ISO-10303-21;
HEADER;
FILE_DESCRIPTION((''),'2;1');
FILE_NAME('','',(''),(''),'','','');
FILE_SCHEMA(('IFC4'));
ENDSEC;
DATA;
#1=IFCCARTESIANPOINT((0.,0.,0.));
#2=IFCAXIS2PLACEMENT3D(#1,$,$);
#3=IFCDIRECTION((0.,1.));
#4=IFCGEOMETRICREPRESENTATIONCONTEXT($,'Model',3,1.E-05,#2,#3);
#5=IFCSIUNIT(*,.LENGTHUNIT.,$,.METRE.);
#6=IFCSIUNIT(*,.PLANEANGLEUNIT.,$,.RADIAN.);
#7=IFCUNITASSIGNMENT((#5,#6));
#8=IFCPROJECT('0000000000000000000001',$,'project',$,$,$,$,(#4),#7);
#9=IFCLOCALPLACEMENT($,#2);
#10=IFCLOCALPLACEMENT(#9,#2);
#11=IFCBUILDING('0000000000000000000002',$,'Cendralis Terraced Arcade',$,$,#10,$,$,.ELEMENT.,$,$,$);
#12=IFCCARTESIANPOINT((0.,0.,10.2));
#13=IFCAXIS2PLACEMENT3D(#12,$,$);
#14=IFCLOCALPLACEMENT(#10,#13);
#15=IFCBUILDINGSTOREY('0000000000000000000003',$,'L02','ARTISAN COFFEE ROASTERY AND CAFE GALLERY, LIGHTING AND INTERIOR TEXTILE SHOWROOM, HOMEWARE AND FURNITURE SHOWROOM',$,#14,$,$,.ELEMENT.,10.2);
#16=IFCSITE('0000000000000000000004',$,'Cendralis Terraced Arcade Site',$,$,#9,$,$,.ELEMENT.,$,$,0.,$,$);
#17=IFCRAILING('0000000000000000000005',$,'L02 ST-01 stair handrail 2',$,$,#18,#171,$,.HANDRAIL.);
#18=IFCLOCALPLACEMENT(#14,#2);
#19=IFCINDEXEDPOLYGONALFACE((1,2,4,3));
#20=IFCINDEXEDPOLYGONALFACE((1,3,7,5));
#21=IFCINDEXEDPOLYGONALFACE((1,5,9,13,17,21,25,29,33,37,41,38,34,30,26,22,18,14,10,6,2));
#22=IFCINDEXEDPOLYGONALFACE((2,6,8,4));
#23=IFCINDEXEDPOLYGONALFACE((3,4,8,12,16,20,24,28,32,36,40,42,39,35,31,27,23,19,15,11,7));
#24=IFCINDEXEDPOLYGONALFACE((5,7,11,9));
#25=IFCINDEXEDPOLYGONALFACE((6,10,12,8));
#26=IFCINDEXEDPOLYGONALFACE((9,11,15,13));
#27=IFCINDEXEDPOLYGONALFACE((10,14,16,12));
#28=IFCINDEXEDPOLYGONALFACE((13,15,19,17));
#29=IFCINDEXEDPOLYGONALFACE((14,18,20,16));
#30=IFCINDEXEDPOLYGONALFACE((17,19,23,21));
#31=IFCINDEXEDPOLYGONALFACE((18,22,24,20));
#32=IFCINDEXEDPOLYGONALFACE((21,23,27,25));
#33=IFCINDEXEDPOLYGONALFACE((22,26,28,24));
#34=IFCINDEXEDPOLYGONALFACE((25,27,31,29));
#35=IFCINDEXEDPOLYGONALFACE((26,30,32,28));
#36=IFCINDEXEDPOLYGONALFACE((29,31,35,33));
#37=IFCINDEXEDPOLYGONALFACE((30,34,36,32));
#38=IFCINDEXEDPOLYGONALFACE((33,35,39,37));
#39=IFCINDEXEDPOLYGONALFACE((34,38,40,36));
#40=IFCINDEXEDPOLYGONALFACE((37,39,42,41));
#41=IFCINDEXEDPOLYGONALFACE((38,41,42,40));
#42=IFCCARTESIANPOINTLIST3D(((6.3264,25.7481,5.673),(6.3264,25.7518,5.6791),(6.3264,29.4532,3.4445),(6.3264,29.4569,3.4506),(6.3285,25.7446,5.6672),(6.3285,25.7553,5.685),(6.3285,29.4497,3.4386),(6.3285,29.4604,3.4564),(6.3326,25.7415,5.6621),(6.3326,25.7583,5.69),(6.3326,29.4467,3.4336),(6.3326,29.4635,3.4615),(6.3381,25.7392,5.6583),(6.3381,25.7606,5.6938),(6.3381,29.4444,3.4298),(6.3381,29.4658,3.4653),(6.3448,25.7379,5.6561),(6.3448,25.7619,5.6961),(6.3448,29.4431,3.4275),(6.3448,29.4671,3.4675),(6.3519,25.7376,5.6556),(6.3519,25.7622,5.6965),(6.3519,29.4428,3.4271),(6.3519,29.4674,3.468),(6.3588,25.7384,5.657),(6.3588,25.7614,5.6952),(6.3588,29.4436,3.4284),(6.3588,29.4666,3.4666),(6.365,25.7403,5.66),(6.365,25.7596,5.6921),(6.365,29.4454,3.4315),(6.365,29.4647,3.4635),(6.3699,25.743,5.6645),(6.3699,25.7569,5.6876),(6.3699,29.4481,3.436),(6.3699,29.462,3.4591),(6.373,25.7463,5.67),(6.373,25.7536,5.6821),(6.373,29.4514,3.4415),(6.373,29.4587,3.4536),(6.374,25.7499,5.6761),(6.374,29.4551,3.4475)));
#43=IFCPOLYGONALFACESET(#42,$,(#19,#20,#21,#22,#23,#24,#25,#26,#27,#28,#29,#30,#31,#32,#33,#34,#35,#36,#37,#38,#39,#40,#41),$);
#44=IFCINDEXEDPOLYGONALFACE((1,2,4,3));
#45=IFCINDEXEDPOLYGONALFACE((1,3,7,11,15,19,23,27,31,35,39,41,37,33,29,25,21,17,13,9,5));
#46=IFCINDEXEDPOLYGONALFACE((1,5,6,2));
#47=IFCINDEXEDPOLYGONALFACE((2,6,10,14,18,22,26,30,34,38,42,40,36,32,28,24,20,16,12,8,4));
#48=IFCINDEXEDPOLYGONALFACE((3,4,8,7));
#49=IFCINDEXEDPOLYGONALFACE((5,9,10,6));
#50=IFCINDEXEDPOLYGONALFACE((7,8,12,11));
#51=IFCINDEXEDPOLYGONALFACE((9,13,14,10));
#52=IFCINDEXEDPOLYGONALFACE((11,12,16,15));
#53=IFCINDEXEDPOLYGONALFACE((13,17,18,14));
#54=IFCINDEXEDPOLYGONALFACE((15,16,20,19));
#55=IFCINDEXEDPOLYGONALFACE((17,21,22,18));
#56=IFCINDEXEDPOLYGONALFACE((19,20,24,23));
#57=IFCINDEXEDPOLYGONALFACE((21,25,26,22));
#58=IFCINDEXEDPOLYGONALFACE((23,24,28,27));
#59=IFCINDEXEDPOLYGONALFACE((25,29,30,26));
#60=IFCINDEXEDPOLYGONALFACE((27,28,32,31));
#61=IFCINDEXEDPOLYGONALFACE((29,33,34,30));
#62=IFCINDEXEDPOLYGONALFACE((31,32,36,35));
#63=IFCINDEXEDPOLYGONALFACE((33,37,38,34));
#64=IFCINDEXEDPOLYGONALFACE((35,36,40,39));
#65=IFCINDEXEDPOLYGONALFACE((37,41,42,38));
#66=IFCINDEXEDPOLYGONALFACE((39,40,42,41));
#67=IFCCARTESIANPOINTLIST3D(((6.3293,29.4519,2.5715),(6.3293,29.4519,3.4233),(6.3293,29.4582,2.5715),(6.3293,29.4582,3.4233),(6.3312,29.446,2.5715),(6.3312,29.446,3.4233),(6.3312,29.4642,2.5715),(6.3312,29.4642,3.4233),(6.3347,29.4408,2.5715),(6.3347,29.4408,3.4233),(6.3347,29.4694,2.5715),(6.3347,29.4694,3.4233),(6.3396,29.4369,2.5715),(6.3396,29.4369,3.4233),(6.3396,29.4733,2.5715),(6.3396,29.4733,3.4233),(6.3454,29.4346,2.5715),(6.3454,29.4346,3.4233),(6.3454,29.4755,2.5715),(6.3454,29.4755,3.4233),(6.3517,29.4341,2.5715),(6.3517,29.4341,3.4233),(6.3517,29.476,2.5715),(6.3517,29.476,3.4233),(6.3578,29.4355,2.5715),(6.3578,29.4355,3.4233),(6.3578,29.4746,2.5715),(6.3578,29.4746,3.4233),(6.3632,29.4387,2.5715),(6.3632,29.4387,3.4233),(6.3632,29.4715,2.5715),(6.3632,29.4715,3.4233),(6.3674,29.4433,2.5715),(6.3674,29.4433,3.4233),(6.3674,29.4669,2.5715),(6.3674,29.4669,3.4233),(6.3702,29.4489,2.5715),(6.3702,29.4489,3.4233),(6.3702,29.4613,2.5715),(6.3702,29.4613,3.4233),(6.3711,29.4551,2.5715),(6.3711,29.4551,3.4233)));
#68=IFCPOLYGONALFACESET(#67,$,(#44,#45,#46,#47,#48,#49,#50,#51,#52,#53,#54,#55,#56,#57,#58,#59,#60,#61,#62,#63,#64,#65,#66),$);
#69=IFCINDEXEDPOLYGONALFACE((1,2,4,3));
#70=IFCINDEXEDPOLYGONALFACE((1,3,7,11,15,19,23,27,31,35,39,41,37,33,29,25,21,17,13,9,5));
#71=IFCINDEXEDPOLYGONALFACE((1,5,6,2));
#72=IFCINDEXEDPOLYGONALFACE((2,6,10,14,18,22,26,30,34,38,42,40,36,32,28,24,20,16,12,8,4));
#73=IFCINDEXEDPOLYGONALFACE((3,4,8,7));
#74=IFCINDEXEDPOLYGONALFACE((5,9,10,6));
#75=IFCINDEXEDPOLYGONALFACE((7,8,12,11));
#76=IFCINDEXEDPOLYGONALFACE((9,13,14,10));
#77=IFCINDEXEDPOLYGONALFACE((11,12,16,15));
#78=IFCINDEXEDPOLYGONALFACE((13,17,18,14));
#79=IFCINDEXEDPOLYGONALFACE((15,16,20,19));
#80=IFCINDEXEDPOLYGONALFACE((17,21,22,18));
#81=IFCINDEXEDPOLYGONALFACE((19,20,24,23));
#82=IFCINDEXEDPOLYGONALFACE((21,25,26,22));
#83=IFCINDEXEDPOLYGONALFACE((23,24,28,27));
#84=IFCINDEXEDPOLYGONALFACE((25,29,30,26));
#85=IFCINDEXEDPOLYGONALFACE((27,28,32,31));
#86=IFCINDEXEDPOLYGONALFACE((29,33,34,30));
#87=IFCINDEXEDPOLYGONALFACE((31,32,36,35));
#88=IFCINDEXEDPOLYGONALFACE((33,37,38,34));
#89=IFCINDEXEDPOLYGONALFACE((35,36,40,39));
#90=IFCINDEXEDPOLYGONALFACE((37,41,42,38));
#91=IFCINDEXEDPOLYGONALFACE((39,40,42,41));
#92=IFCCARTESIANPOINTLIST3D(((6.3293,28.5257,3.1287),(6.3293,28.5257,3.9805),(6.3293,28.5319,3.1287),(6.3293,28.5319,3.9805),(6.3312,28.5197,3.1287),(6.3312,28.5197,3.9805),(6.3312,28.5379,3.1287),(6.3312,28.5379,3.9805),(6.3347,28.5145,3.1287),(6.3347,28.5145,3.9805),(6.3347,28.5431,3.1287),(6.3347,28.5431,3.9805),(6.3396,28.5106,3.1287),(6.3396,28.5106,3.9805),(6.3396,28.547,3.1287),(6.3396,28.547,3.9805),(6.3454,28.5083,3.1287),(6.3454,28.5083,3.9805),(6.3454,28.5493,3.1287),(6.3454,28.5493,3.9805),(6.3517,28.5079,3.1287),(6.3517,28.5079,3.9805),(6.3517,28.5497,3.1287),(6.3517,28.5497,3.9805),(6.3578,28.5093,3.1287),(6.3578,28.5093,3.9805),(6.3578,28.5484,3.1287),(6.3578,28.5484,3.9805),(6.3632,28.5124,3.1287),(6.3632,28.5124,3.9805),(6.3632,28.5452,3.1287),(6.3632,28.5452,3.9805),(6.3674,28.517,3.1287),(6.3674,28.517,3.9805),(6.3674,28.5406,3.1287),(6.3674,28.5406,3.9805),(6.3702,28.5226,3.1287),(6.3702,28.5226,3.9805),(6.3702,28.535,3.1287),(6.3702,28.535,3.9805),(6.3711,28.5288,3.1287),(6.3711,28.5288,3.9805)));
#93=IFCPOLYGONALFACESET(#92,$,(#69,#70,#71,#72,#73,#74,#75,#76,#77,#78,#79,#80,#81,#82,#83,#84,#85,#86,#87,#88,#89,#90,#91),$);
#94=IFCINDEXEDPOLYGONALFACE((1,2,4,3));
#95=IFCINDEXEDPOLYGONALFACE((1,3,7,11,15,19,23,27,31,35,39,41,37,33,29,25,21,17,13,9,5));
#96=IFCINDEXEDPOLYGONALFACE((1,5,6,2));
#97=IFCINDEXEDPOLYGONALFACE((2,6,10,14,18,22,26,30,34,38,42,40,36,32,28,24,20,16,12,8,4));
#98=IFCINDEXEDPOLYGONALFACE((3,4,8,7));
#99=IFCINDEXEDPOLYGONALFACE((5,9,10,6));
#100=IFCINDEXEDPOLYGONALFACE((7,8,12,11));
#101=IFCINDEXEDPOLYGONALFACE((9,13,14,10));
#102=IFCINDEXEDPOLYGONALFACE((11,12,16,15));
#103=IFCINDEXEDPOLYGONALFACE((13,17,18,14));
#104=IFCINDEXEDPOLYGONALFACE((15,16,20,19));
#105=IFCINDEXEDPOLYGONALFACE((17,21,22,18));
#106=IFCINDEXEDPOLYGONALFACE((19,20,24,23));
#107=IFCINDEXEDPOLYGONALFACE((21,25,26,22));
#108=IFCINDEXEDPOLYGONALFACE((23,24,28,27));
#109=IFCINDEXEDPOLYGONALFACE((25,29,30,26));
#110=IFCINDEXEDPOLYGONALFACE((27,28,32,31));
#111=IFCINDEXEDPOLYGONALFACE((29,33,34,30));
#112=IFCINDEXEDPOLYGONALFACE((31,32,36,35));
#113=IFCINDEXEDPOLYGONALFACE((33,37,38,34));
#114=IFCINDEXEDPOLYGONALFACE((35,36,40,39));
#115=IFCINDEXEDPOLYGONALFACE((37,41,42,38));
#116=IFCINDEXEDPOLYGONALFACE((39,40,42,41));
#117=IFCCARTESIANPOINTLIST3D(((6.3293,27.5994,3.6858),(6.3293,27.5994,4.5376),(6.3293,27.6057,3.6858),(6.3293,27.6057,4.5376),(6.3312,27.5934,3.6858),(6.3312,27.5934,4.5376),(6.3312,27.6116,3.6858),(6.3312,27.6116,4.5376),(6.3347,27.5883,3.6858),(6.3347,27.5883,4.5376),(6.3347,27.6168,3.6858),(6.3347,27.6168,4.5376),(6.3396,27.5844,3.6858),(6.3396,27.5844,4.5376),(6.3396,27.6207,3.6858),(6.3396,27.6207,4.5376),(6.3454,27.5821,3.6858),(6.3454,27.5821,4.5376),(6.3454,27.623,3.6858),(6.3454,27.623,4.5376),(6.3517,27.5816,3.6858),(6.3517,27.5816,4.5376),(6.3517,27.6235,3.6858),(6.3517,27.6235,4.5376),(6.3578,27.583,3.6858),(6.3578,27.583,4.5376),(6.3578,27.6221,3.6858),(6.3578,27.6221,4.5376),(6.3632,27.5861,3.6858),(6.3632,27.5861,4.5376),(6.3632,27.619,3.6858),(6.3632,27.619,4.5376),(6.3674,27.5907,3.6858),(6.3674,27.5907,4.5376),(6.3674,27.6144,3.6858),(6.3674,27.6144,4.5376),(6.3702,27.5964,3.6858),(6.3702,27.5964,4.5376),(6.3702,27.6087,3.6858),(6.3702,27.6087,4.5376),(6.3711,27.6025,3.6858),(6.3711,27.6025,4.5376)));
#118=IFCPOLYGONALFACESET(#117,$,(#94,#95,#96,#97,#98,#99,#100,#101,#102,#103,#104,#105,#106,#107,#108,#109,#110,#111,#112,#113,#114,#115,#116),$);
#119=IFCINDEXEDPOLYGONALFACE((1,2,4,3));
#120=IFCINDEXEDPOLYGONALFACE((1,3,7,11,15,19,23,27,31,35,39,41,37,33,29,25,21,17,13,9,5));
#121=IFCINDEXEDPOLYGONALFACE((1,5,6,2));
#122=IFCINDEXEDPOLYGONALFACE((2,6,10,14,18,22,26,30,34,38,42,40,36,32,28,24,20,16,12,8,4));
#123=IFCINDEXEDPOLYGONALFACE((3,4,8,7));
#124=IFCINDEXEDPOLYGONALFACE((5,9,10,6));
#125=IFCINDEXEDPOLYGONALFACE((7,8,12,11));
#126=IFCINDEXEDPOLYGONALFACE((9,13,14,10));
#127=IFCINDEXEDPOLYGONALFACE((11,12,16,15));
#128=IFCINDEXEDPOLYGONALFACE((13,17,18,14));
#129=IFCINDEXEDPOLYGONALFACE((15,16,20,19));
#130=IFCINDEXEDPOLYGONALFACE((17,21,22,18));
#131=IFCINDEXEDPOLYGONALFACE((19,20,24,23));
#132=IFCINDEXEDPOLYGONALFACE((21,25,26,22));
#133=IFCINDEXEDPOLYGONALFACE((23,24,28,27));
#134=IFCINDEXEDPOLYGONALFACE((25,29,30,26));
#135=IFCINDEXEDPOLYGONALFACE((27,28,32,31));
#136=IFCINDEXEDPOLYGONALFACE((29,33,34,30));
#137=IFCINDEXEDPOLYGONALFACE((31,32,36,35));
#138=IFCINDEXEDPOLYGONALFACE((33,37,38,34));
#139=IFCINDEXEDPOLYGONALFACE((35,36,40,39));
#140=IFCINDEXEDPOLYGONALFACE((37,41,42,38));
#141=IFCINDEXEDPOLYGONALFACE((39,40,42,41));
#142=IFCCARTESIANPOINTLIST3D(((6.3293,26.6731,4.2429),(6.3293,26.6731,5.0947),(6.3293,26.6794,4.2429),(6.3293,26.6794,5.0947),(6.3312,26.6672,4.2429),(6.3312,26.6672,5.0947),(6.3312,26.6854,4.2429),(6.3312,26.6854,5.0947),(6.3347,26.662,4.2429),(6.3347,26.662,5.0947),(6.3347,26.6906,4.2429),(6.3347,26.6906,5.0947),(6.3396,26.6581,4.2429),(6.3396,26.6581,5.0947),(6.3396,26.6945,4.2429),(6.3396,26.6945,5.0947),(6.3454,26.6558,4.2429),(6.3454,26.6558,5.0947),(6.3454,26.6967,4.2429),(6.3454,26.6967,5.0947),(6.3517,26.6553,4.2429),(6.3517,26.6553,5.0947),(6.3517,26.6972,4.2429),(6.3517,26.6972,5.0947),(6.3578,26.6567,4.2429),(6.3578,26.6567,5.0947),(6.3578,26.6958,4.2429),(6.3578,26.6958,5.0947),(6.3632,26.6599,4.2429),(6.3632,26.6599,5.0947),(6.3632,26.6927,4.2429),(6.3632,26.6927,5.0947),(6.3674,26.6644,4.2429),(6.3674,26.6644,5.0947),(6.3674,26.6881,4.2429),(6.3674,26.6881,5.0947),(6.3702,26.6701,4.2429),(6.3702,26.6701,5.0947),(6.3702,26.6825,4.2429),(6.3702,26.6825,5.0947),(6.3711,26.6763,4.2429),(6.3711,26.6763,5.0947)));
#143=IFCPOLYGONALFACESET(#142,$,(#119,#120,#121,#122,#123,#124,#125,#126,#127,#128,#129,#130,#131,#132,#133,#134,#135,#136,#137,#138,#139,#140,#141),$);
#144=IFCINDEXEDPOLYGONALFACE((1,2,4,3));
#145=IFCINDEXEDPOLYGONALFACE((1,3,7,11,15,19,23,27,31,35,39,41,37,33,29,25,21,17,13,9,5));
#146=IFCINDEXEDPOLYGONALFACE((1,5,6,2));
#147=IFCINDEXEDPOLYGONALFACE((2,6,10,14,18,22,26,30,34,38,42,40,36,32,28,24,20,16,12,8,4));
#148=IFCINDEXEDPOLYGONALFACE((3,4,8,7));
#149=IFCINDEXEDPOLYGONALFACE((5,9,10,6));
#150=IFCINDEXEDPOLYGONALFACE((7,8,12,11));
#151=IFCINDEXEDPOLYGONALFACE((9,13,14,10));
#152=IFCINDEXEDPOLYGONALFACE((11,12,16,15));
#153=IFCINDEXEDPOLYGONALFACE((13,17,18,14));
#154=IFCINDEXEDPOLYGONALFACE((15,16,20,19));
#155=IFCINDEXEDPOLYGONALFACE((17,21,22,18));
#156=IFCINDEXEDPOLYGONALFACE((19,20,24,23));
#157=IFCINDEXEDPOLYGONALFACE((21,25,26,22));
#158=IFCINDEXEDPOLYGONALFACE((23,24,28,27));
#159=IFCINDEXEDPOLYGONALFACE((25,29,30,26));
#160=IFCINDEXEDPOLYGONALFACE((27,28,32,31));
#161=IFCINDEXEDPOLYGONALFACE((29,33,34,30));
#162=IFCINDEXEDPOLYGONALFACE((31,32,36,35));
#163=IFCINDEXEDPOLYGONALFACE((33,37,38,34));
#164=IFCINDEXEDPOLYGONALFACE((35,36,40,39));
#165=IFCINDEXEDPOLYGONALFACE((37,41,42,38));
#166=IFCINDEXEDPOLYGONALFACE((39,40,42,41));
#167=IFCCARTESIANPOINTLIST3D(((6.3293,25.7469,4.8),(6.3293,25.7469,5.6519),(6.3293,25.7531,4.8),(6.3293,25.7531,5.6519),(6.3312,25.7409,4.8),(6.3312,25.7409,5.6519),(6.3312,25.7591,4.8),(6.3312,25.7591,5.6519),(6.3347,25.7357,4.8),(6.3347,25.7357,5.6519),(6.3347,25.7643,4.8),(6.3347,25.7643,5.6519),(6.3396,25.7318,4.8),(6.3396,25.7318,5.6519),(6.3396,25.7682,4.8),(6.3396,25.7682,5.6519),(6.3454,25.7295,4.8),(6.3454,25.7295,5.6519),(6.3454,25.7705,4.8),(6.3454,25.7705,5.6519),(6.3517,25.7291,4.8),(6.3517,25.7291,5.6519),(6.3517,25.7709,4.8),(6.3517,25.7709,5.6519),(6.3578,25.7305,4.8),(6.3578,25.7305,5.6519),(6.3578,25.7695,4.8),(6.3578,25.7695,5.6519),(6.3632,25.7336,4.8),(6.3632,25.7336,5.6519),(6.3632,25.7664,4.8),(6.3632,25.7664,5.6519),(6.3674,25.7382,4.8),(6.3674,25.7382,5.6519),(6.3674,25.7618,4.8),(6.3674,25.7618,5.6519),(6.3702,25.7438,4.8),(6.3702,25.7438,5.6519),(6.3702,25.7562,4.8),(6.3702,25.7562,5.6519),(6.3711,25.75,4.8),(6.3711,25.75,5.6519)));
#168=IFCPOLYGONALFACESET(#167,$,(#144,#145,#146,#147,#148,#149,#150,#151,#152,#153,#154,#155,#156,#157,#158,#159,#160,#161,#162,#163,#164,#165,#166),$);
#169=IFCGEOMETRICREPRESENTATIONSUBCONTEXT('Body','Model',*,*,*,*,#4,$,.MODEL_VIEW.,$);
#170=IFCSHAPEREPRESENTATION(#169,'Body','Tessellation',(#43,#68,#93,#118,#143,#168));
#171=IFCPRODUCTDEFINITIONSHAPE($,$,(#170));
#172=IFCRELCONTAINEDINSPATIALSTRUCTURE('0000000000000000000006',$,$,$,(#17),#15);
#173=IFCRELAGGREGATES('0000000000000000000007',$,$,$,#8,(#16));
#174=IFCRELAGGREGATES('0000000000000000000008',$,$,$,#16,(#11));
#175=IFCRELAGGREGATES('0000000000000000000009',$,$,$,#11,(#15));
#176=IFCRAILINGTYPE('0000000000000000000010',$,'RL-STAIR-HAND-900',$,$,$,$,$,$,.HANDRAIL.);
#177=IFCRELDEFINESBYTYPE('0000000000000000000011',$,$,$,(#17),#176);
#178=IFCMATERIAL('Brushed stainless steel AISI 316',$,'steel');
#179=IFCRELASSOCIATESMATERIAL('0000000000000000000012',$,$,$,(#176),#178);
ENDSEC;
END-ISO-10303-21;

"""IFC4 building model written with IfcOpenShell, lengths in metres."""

from ifc_helpers import new_model, si_unit, direction, frame, origin, origin_2d, place, context, subcontext, project, spatial, circle, extrude, material, type_object, element, save


model = new_model("IFC4")

# Units and contexts
model_context = context("Model", 3, precision=1e-05, world=origin(), true_north=direction((0.0, 1.0)))
body_context = subcontext(model_context, "Body", "Model", "MODEL_VIEW")
ifc_project = project(units=[si_unit("LENGTHUNIT", "METRE"), si_unit("PLANEANGLEUNIT", "RADIAN")], contexts=[model_context])

# Site, building, storey
site_placement = place(None, origin())
site = spatial("IfcSite", under=ifc_project, at=site_placement, Name="Cendralis Terraced Arcade Site", CompositionType="ELEMENT", RefElevation=0.0)
building_placement = place(site_placement, origin())
building = spatial("IfcBuilding", under=site, at=building_placement, Name="Cendralis Terraced Arcade", CompositionType="ELEMENT")
storey_placement = place(building_placement, frame((0.0, 0.0, 10.2)))
storey = spatial("IfcBuildingStorey", under=building, at=storey_placement, Name="L02", Description="ARTISAN COFFEE ROASTERY AND CAFE GALLERY, LIGHTING AND INTERIOR TEXTILE SHOWROOM, HOMEWARE AND FURNITURE SHOWROOM", CompositionType="ELEMENT", Elevation=10.2)

# Railing
ifc_material_1 = material(Name="Brushed stainless steel AISI 316", Category="steel")
railing_type_1 = type_object("IfcRailingType", Name="RL-STAIR-HAND-900", PredefinedType="HANDRAIL", material=ifc_material_1)
railing_1_placement = place(storey_placement, frame((6.3501, 29.4551, 2.5715)))
element("IfcRailing", 1, at=railing_1_placement, inside=storey, type_object=railing_type_1, Name="L02 ST-01 stair handrail 2", PredefinedType="HANDRAIL", context=body_context, shape_type="SweptSolid", body=[
    extrude(circle(Radius=0.0239, at=origin_2d()), frame((0.0, 0.0, 0.876), z_axis=(0.0, -0.856934, 0.515425), x_axis=(1.0, 0.0, 0.0)), (0.0, 0.0, 1.0), 4.3237),
    extrude(circle(Radius=0.021, at=origin_2d()), origin(), (0.0, 0.0, 1.0), 0.8518),
    extrude(circle(Radius=0.021, at=origin_2d()), frame((0.0, -0.9263, 0.5571)), (0.0, 0.0, 1.0), 0.8518),
    extrude(circle(Radius=0.021, at=origin_2d()), frame((0.0, -1.8525, 1.1143)), (0.0, 0.0, 1.0), 0.8518),
    extrude(circle(Radius=0.021, at=origin_2d()), frame((0.0, -2.7788, 1.6714)), (0.0, 0.0, 1.0), 0.8518),
    extrude(circle(Radius=0.021, at=origin_2d()), frame((0.0, -3.7051, 2.2285)), (0.0, 0.0, 1.0), 0.8518),
])

save(model, "model.ifc")
